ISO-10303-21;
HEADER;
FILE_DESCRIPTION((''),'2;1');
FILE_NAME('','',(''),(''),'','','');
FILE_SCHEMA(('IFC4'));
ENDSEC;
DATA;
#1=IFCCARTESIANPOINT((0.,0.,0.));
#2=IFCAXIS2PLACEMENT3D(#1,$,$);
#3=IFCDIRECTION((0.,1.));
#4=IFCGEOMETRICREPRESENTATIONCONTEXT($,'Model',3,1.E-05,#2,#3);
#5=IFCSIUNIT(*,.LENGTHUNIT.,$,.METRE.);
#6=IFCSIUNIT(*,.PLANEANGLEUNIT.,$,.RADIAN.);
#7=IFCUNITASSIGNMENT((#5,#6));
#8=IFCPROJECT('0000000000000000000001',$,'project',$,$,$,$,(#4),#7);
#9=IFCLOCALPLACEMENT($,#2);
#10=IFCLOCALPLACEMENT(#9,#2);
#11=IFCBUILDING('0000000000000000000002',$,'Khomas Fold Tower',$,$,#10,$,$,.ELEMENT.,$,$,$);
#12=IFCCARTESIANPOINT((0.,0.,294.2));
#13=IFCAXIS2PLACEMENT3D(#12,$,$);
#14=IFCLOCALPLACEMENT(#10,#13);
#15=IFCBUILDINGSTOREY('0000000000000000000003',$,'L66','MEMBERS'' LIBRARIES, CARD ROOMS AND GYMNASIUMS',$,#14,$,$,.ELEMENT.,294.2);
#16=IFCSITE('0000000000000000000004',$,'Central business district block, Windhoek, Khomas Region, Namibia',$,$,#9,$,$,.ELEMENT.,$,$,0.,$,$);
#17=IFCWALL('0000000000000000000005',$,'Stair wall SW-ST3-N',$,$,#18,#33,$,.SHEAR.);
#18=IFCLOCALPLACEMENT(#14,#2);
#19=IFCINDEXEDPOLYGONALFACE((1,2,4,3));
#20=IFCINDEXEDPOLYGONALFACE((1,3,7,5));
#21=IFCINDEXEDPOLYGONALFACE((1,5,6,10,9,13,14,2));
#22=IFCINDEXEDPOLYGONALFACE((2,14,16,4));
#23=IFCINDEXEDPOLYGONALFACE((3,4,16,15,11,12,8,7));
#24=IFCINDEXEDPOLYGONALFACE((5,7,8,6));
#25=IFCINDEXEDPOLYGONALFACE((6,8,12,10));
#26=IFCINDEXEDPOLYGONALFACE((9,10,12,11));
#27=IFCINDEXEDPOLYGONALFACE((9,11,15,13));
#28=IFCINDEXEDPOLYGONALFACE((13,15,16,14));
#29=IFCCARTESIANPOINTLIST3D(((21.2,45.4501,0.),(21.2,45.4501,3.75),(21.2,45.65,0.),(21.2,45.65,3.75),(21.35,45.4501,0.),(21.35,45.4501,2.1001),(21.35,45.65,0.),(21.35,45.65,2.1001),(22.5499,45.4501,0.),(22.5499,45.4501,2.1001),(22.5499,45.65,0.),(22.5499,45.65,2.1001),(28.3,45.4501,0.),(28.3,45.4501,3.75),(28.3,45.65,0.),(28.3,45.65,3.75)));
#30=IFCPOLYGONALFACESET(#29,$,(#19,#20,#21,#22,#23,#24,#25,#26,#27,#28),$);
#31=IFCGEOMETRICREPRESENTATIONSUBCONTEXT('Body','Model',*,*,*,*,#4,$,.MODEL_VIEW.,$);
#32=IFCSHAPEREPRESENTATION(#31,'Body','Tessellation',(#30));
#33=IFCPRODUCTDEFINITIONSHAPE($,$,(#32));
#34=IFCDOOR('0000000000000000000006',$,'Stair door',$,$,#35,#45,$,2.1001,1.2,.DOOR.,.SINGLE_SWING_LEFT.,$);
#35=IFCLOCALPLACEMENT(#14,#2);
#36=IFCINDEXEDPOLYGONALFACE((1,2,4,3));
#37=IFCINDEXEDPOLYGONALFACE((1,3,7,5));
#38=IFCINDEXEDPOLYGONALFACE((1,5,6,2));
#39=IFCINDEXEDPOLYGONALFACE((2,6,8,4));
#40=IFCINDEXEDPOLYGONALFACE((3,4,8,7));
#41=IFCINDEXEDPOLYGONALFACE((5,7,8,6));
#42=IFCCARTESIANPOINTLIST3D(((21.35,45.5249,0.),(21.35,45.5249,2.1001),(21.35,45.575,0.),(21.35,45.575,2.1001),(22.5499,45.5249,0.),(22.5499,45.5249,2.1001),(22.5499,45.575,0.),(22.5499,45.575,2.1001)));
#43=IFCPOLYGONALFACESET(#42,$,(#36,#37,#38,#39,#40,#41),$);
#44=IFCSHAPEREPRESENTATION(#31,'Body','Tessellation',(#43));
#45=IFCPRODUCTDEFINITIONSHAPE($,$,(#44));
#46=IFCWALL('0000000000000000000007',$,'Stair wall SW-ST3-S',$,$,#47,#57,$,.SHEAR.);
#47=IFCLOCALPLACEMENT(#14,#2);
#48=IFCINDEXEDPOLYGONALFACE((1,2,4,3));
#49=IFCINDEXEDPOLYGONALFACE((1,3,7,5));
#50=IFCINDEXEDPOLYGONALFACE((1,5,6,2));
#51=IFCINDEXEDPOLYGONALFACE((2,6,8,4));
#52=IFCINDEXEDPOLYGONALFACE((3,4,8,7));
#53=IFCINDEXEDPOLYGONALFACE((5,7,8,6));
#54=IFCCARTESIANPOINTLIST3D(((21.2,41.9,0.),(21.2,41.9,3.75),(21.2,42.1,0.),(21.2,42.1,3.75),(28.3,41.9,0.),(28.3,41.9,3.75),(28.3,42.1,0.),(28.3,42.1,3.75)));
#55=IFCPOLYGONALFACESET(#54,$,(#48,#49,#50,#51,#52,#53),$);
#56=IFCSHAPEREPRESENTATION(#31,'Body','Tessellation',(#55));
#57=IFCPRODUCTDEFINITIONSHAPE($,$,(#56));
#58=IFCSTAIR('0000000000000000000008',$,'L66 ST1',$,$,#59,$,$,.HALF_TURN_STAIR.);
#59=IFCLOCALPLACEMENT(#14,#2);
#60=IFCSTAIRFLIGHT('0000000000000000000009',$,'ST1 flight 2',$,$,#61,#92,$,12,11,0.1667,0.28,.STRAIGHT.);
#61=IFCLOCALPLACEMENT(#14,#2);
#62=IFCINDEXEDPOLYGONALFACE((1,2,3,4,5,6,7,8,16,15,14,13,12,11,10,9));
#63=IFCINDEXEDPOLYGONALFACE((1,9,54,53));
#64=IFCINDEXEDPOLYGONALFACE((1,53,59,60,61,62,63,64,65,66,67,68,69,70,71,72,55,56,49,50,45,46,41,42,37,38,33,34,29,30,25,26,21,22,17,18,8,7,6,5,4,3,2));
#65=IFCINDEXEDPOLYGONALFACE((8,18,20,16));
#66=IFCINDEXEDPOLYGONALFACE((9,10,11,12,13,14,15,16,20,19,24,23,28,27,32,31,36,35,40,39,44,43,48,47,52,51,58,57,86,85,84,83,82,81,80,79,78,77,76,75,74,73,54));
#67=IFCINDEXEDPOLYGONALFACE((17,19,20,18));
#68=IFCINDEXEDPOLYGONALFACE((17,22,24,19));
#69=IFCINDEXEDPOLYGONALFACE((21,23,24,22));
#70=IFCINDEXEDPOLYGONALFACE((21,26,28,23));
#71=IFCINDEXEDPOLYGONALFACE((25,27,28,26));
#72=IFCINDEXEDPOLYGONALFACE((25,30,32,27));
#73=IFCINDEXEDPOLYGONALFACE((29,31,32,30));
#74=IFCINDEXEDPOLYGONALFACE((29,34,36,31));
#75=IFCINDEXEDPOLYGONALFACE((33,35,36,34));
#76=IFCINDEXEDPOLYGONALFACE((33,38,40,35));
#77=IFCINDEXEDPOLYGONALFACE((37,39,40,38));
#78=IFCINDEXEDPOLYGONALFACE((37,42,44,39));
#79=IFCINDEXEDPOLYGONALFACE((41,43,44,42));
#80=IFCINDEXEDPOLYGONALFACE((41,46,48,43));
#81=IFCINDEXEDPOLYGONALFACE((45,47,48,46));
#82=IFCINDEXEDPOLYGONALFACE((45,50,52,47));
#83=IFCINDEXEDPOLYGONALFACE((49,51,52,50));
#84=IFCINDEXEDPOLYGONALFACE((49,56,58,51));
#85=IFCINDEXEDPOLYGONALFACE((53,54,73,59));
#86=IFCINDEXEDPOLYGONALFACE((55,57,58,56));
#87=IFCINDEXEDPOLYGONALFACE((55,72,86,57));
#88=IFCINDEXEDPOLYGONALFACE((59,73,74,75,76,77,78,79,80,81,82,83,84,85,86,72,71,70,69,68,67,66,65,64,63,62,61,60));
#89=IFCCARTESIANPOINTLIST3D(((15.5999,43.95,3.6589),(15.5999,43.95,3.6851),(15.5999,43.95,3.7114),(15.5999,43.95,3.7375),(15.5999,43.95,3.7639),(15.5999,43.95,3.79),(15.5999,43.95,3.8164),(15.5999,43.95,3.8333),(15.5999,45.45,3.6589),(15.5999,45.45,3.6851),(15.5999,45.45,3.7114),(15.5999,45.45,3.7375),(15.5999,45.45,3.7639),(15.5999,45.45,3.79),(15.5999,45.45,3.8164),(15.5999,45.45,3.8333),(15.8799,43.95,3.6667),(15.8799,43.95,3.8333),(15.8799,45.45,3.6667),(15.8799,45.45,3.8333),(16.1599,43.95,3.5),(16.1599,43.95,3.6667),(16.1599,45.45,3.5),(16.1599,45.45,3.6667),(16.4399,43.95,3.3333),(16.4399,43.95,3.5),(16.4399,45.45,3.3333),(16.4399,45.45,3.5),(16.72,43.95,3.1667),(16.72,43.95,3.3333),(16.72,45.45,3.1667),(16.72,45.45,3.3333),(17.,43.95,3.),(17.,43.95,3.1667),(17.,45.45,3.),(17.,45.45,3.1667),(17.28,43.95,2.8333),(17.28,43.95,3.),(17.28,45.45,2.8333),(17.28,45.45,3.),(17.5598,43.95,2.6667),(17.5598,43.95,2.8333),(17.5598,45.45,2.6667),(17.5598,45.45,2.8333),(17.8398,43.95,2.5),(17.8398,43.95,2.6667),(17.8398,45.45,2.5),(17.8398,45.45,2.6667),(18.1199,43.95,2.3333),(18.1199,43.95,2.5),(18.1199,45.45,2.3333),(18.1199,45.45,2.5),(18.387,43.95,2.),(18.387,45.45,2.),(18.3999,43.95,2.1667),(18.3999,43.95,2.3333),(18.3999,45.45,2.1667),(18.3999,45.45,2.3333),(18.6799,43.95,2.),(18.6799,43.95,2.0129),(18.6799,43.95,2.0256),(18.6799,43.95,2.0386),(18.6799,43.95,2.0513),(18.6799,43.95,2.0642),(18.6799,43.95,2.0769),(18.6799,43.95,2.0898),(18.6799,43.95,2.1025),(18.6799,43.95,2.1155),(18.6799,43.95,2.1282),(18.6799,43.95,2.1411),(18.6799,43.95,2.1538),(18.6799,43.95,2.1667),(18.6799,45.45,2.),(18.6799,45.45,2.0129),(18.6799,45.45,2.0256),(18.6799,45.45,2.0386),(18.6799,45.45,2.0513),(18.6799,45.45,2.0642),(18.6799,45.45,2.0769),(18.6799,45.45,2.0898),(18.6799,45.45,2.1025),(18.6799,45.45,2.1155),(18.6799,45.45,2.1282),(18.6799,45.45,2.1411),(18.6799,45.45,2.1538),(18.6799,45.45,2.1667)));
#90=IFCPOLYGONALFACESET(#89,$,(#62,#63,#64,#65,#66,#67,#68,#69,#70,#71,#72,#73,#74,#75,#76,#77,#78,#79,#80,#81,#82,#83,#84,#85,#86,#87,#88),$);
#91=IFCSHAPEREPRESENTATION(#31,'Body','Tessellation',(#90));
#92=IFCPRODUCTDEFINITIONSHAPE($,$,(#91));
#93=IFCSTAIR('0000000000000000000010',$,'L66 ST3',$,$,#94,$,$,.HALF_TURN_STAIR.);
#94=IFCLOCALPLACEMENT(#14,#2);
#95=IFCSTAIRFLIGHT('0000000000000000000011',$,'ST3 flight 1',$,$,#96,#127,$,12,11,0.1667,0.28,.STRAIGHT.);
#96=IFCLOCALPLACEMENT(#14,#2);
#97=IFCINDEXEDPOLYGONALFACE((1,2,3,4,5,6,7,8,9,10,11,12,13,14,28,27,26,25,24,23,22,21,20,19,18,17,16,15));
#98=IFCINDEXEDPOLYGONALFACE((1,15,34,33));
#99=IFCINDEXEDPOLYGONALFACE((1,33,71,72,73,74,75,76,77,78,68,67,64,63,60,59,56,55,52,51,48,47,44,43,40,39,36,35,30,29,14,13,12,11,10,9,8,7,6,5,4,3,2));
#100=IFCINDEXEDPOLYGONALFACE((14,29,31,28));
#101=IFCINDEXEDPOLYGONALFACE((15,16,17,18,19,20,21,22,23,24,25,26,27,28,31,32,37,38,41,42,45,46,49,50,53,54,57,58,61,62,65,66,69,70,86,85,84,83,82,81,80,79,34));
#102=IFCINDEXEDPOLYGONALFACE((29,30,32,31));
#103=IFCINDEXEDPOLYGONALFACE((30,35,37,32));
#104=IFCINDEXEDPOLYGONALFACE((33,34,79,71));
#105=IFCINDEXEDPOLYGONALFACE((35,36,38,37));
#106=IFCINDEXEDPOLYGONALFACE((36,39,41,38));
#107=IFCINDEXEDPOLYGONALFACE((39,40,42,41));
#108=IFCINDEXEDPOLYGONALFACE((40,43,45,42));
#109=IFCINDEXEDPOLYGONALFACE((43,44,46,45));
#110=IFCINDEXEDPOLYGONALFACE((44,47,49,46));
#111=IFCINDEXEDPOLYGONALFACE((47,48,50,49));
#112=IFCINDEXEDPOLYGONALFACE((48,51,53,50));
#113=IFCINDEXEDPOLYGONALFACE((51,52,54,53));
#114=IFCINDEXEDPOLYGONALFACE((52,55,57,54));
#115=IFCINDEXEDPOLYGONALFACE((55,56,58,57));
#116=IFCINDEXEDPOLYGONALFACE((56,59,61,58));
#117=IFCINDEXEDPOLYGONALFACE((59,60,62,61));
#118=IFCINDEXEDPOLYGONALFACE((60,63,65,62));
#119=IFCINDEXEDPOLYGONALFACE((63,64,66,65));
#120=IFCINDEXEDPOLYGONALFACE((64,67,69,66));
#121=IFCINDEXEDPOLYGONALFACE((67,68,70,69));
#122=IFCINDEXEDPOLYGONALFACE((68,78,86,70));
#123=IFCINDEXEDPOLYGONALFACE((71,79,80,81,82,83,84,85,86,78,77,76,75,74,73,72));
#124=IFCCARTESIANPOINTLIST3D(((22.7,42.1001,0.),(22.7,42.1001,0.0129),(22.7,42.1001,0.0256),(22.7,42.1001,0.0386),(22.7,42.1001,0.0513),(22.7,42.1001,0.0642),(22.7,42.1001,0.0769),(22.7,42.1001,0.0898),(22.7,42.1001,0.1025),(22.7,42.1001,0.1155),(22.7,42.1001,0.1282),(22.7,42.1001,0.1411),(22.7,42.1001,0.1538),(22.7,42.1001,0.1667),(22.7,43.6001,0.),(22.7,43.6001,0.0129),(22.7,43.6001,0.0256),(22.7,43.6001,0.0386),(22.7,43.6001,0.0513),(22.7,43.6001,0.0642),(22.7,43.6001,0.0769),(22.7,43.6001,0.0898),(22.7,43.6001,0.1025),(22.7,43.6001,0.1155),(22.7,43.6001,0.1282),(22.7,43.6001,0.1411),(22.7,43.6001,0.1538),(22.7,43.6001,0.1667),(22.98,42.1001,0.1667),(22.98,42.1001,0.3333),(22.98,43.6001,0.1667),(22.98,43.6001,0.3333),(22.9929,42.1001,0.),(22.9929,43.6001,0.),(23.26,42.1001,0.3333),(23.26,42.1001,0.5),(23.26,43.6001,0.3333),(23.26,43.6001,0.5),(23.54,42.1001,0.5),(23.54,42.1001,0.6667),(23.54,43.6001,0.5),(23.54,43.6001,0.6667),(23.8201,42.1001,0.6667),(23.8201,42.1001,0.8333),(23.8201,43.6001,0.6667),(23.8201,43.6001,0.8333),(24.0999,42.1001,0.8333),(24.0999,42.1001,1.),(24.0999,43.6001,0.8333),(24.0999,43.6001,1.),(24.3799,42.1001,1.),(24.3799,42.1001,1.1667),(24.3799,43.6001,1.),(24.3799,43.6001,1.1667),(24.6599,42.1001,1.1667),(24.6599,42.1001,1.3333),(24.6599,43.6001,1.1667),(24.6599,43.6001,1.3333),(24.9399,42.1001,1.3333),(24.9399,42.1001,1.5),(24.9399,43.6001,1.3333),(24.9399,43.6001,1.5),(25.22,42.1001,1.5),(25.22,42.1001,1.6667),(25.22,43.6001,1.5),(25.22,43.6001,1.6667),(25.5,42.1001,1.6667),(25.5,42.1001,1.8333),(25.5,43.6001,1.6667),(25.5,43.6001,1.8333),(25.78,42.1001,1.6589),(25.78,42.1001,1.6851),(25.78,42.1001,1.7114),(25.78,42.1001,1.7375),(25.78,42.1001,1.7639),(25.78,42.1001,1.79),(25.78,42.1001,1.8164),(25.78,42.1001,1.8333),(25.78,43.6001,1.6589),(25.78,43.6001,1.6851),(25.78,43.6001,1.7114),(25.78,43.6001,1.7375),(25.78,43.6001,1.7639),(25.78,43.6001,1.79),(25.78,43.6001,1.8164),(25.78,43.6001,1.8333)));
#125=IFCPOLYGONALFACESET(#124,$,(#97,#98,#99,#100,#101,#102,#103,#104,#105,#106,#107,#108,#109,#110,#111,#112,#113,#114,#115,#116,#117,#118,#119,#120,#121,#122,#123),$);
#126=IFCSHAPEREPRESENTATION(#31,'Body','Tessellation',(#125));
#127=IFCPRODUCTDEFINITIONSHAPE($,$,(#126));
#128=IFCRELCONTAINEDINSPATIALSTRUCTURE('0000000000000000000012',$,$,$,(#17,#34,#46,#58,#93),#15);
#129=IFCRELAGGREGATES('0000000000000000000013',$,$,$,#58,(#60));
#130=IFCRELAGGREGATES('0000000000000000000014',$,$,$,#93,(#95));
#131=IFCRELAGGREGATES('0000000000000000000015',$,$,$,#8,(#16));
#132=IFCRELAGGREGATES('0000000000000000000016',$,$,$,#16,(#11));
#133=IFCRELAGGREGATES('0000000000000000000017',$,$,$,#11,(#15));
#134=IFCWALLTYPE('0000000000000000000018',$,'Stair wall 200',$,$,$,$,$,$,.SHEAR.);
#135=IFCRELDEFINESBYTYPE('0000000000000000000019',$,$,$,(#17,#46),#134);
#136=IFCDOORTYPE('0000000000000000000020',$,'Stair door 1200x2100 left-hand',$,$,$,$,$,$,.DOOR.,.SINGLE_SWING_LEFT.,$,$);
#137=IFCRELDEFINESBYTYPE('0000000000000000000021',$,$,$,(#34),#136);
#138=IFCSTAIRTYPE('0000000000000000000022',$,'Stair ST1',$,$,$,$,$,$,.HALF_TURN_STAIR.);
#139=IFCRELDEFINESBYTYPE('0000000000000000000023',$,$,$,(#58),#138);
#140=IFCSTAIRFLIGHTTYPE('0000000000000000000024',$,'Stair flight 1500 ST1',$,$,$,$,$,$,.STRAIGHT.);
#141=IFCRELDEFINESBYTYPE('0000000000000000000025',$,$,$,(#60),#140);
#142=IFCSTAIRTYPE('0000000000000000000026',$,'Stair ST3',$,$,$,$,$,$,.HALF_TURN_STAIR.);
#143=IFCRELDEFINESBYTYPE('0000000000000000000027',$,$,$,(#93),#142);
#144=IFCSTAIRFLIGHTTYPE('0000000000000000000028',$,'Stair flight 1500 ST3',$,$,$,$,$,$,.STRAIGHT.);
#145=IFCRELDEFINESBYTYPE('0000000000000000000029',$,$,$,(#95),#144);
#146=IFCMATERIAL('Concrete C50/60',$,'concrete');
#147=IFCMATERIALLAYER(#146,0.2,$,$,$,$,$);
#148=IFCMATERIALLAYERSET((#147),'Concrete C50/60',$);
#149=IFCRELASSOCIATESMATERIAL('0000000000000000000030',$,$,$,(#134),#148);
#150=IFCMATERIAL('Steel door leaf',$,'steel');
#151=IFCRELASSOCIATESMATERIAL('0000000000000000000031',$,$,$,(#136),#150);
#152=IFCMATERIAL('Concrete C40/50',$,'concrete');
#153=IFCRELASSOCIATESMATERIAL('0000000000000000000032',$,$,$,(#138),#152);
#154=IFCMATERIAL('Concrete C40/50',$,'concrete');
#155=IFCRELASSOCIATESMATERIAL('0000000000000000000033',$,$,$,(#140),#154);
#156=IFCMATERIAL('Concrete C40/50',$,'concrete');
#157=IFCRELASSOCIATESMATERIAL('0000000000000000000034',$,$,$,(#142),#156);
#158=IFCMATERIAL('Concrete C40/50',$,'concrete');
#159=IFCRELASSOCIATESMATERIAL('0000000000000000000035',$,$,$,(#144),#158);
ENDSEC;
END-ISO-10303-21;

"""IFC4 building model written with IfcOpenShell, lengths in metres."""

from ifc_helpers import new_model, si_unit, direction, frame, frame_2d, origin, place, context, subcontext, project, spatial, polyline, rectangle, outline, extrude, source, transform, mapped, material, layer, layer_set, type_object, element, fill, aggregate, save


model = new_model("IFC4")

# Units and contexts
model_context = context("Model", 3, precision=1e-05, world=origin(), true_north=direction((0.0, 1.0)))
body_context = subcontext(model_context, "Body", "Model", "MODEL_VIEW")
ifc_project = project(units=[si_unit("LENGTHUNIT", "METRE"), si_unit("PLANEANGLEUNIT", "RADIAN")], contexts=[model_context])

# Site, building, storey
site_placement = place(None, origin())
site = spatial("IfcSite", under=ifc_project, at=site_placement, Name="Central business district block, Windhoek, Khomas Region, Namibia", CompositionType="ELEMENT", RefElevation=0.0)
building_placement = place(site_placement, origin())
building = spatial("IfcBuilding", under=site, at=building_placement, Name="Khomas Fold Tower", CompositionType="ELEMENT")
storey_placement = place(building_placement, frame((0.0, 0.0, 294.2)))
storey = spatial("IfcBuildingStorey", under=building, at=storey_placement, Name="L66", Description="MEMBERS' LIBRARIES, CARD ROOMS AND GYMNASIUMS", CompositionType="ELEMENT", Elevation=294.2)

# Wall, opening, door
ifc_material_1 = material(Name="Concrete C50/60", Category="concrete")
ifc_layer_1 = layer(ifc_material_1, 0.2)
ifc_layer_set_1 = layer_set([ifc_layer_1], Name="Concrete C50/60")
wall_type = type_object("IfcWallType", Name="Stair wall 200", PredefinedType="SHEAR", material=ifc_layer_set_1)
shared_shape_1 = source(origin(), body_context, "Body", "SweptSolid", [
    extrude(rectangle(XDim=7.1001, YDim=0.2, at=frame_2d((3.55, 0.0))), origin(), (0.0, 0.0, 1.0), 3.75),
])
wall_1_placement = place(storey_placement, frame((21.2, 45.55, 0.0), z_axis=(0.0, 0.0, 1.0), x_axis=(1.0, 0.0, 0.0)))
wall_1 = element("IfcWall", 1, at=wall_1_placement, inside=storey, type_object=wall_type, Name="Stair wall SW-ST3-N", PredefinedType="SHEAR", context=body_context, shape_type="MappedRepresentation", body=[
    mapped(shared_shape_1, transform((0.0, 0.0, 0.0))),
])
shared_shape_2 = source(origin(), body_context, "Body", "SweptSolid", [
    extrude(rectangle(XDim=1.2, YDim=2.1001, at=frame_2d((0.6001, 1.05))), frame((0.0, 0.1099, 0.0), z_axis=(0.0, -1.0, 0.0), x_axis=(1.0, 0.0, 0.0)), (0.0, 0.0, 1.0), 0.22),
])
opening_placement = place(wall_1_placement, frame((0.1499, 0.0, 0.0)))
opening = element("IfcOpeningElement", 2, at=opening_placement, cuts=wall_1, PredefinedType="OPENING", context=body_context, shape_type="MappedRepresentation", body=[
    mapped(shared_shape_2, transform((0.0, 0.0, 0.0))),
])
ifc_material_2 = material(Name="Steel door leaf", Category="steel")
door_type = type_object("IfcDoorType", Name="Stair door 1200x2100 left-hand", OperationType="SINGLE_SWING_LEFT", PredefinedType="DOOR", material=ifc_material_2)
shared_shape_3 = source(origin(), body_context, "Body", "SweptSolid", [
    extrude(rectangle(XDim=1.2, YDim=2.1001, at=frame_2d((0.6001, 1.05))), frame((0.0, 0.0249, 0.0), z_axis=(0.0, -1.0, 0.0), x_axis=(1.0, 0.0, 0.0)), (0.0, 0.0, 1.0), 0.05),
])
door_placement = place(opening_placement, origin())
door = element("IfcDoor", 3, at=door_placement, inside=storey, type_object=door_type, Name="Stair door", OperationType="SINGLE_SWING_LEFT", OverallHeight=2.1001, OverallWidth=1.2, PredefinedType="DOOR", context=body_context, shape_type="MappedRepresentation", body=[
    mapped(shared_shape_3, transform((0.0, 0.0, 0.0))),
])
fill(opening, door)

# Wall
wall_2_placement = place(storey_placement, frame((21.2, 42.0, 0.0), z_axis=(0.0, 0.0, 1.0), x_axis=(1.0, 0.0, 0.0)))
element("IfcWall", 4, at=wall_2_placement, inside=storey, type_object=wall_type, Name="Stair wall SW-ST3-S", PredefinedType="SHEAR", context=body_context, shape_type="MappedRepresentation", body=[
    mapped(shared_shape_1, transform((0.0, 0.0, 0.0))),
])

# Stair, stair flight
ifc_material_3 = material(Name="Concrete C40/50", Category="concrete")
stair_type_1 = type_object("IfcStairType", Name="Stair ST1", PredefinedType="HALF_TURN_STAIR", material=ifc_material_3)
stair_1_placement = place(storey_placement, origin())
stair_1 = element("IfcStair", 5, at=stair_1_placement, inside=storey, type_object=stair_type_1, Name="L66 ST1", PredefinedType="HALF_TURN_STAIR")
ifc_material_4 = material(Name="Concrete C40/50", Category="concrete")
stair_flight_type_1 = type_object("IfcStairFlightType", Name="Stair flight 1500 ST1", PredefinedType="STRAIGHT", material=ifc_material_4)
shared_shape_4 = source(origin(), body_context, "Body", "SweptSolid", [
    extrude(outline(polyline([(0.0, 0.0), (0.0, 0.0129), (0.0, 0.0256), (0.0, 0.0386), (0.0, 0.0513), (0.0, 0.0642), (0.0, 0.0769), (0.0, 0.0898), (0.0, 0.1025), (0.0, 0.1155), (0.0, 0.1282), (0.0, 0.1411), (0.0, 0.1538), (0.0, 0.1667), (0.28, 0.1667), (0.28, 0.3333), (0.5601, 0.3333), (0.5601, 0.5), (0.8401, 0.5), (0.8401, 0.6667), (1.1201, 0.6667), (1.1201, 0.8333), (1.3999, 0.8333), (1.3999, 1.0), (1.6799, 1.0), (1.6799, 1.1667), (1.96, 1.1667), (1.96, 1.3333), (2.24, 1.3333), (2.24, 1.5), (2.52, 1.5), (2.52, 1.6667), (2.8, 1.6667), (2.8, 1.8333), (3.0801, 1.8333), (3.0801, 2.0), (3.0801, 1.9739), (3.0801, 1.9475), (3.0801, 1.9214), (3.0801, 1.895), (3.0801, 1.8689), (3.0801, 1.8425), (3.0801, 1.8164), (3.0801, 1.79), (3.0801, 1.7639), (3.0801, 1.7375), (3.0801, 1.7114), (3.0801, 1.6851), (3.0801, 1.6589), (0.293, 0.0), (0.0, 0.0)])), frame((0.0, 0.75, 0.0), z_axis=(0.0, -1.0, 0.0), x_axis=(1.0, 0.0, 0.0)), (0.0, 0.0, 1.0), 1.5),
])
stair_flight_1_placement = place(storey_placement, frame((18.6799, 44.7, 2.0), z_axis=(0.0, 0.0, 1.0), x_axis=(-1.0, 0.0, 0.0)))
stair_flight_1 = element("IfcStairFlight", 6, at=stair_flight_1_placement, type_object=stair_flight_type_1, Name="ST1 flight 2", NumberOfRisers=12, NumberOfTreads=11, PredefinedType="STRAIGHT", RiserHeight=0.1667, TreadLength=0.28, context=body_context, shape_type="MappedRepresentation", body=[
    mapped(shared_shape_4, transform((0.0, 0.0, 0.0))),
])
aggregate(stair_1, [stair_flight_1])

# Stair, stair flight
ifc_material_5 = material(Name="Concrete C40/50", Category="concrete")
stair_type_2 = type_object("IfcStairType", Name="Stair ST3", PredefinedType="HALF_TURN_STAIR", material=ifc_material_5)
stair_2_placement = place(storey_placement, origin())
stair_2 = element("IfcStair", 7, at=stair_2_placement, inside=storey, type_object=stair_type_2, Name="L66 ST3", PredefinedType="HALF_TURN_STAIR")
ifc_material_6 = material(Name="Concrete C40/50", Category="concrete")
stair_flight_type_2 = type_object("IfcStairFlightType", Name="Stair flight 1500 ST3", PredefinedType="STRAIGHT", material=ifc_material_6)
stair_flight_2_placement = place(storey_placement, frame((22.7, 42.8501, 0.0), z_axis=(0.0, 0.0, 1.0), x_axis=(1.0, 0.0, 0.0)))
stair_flight_2 = element("IfcStairFlight", 8, at=stair_flight_2_placement, type_object=stair_flight_type_2, Name="ST3 flight 1", NumberOfRisers=12, NumberOfTreads=11, PredefinedType="STRAIGHT", RiserHeight=0.1667, TreadLength=0.28, context=body_context, shape_type="MappedRepresentation", body=[
    mapped(shared_shape_4, transform((0.0, 0.0, 0.0))),
])
aggregate(stair_2, [stair_flight_2])

save(model, "model.ifc")
